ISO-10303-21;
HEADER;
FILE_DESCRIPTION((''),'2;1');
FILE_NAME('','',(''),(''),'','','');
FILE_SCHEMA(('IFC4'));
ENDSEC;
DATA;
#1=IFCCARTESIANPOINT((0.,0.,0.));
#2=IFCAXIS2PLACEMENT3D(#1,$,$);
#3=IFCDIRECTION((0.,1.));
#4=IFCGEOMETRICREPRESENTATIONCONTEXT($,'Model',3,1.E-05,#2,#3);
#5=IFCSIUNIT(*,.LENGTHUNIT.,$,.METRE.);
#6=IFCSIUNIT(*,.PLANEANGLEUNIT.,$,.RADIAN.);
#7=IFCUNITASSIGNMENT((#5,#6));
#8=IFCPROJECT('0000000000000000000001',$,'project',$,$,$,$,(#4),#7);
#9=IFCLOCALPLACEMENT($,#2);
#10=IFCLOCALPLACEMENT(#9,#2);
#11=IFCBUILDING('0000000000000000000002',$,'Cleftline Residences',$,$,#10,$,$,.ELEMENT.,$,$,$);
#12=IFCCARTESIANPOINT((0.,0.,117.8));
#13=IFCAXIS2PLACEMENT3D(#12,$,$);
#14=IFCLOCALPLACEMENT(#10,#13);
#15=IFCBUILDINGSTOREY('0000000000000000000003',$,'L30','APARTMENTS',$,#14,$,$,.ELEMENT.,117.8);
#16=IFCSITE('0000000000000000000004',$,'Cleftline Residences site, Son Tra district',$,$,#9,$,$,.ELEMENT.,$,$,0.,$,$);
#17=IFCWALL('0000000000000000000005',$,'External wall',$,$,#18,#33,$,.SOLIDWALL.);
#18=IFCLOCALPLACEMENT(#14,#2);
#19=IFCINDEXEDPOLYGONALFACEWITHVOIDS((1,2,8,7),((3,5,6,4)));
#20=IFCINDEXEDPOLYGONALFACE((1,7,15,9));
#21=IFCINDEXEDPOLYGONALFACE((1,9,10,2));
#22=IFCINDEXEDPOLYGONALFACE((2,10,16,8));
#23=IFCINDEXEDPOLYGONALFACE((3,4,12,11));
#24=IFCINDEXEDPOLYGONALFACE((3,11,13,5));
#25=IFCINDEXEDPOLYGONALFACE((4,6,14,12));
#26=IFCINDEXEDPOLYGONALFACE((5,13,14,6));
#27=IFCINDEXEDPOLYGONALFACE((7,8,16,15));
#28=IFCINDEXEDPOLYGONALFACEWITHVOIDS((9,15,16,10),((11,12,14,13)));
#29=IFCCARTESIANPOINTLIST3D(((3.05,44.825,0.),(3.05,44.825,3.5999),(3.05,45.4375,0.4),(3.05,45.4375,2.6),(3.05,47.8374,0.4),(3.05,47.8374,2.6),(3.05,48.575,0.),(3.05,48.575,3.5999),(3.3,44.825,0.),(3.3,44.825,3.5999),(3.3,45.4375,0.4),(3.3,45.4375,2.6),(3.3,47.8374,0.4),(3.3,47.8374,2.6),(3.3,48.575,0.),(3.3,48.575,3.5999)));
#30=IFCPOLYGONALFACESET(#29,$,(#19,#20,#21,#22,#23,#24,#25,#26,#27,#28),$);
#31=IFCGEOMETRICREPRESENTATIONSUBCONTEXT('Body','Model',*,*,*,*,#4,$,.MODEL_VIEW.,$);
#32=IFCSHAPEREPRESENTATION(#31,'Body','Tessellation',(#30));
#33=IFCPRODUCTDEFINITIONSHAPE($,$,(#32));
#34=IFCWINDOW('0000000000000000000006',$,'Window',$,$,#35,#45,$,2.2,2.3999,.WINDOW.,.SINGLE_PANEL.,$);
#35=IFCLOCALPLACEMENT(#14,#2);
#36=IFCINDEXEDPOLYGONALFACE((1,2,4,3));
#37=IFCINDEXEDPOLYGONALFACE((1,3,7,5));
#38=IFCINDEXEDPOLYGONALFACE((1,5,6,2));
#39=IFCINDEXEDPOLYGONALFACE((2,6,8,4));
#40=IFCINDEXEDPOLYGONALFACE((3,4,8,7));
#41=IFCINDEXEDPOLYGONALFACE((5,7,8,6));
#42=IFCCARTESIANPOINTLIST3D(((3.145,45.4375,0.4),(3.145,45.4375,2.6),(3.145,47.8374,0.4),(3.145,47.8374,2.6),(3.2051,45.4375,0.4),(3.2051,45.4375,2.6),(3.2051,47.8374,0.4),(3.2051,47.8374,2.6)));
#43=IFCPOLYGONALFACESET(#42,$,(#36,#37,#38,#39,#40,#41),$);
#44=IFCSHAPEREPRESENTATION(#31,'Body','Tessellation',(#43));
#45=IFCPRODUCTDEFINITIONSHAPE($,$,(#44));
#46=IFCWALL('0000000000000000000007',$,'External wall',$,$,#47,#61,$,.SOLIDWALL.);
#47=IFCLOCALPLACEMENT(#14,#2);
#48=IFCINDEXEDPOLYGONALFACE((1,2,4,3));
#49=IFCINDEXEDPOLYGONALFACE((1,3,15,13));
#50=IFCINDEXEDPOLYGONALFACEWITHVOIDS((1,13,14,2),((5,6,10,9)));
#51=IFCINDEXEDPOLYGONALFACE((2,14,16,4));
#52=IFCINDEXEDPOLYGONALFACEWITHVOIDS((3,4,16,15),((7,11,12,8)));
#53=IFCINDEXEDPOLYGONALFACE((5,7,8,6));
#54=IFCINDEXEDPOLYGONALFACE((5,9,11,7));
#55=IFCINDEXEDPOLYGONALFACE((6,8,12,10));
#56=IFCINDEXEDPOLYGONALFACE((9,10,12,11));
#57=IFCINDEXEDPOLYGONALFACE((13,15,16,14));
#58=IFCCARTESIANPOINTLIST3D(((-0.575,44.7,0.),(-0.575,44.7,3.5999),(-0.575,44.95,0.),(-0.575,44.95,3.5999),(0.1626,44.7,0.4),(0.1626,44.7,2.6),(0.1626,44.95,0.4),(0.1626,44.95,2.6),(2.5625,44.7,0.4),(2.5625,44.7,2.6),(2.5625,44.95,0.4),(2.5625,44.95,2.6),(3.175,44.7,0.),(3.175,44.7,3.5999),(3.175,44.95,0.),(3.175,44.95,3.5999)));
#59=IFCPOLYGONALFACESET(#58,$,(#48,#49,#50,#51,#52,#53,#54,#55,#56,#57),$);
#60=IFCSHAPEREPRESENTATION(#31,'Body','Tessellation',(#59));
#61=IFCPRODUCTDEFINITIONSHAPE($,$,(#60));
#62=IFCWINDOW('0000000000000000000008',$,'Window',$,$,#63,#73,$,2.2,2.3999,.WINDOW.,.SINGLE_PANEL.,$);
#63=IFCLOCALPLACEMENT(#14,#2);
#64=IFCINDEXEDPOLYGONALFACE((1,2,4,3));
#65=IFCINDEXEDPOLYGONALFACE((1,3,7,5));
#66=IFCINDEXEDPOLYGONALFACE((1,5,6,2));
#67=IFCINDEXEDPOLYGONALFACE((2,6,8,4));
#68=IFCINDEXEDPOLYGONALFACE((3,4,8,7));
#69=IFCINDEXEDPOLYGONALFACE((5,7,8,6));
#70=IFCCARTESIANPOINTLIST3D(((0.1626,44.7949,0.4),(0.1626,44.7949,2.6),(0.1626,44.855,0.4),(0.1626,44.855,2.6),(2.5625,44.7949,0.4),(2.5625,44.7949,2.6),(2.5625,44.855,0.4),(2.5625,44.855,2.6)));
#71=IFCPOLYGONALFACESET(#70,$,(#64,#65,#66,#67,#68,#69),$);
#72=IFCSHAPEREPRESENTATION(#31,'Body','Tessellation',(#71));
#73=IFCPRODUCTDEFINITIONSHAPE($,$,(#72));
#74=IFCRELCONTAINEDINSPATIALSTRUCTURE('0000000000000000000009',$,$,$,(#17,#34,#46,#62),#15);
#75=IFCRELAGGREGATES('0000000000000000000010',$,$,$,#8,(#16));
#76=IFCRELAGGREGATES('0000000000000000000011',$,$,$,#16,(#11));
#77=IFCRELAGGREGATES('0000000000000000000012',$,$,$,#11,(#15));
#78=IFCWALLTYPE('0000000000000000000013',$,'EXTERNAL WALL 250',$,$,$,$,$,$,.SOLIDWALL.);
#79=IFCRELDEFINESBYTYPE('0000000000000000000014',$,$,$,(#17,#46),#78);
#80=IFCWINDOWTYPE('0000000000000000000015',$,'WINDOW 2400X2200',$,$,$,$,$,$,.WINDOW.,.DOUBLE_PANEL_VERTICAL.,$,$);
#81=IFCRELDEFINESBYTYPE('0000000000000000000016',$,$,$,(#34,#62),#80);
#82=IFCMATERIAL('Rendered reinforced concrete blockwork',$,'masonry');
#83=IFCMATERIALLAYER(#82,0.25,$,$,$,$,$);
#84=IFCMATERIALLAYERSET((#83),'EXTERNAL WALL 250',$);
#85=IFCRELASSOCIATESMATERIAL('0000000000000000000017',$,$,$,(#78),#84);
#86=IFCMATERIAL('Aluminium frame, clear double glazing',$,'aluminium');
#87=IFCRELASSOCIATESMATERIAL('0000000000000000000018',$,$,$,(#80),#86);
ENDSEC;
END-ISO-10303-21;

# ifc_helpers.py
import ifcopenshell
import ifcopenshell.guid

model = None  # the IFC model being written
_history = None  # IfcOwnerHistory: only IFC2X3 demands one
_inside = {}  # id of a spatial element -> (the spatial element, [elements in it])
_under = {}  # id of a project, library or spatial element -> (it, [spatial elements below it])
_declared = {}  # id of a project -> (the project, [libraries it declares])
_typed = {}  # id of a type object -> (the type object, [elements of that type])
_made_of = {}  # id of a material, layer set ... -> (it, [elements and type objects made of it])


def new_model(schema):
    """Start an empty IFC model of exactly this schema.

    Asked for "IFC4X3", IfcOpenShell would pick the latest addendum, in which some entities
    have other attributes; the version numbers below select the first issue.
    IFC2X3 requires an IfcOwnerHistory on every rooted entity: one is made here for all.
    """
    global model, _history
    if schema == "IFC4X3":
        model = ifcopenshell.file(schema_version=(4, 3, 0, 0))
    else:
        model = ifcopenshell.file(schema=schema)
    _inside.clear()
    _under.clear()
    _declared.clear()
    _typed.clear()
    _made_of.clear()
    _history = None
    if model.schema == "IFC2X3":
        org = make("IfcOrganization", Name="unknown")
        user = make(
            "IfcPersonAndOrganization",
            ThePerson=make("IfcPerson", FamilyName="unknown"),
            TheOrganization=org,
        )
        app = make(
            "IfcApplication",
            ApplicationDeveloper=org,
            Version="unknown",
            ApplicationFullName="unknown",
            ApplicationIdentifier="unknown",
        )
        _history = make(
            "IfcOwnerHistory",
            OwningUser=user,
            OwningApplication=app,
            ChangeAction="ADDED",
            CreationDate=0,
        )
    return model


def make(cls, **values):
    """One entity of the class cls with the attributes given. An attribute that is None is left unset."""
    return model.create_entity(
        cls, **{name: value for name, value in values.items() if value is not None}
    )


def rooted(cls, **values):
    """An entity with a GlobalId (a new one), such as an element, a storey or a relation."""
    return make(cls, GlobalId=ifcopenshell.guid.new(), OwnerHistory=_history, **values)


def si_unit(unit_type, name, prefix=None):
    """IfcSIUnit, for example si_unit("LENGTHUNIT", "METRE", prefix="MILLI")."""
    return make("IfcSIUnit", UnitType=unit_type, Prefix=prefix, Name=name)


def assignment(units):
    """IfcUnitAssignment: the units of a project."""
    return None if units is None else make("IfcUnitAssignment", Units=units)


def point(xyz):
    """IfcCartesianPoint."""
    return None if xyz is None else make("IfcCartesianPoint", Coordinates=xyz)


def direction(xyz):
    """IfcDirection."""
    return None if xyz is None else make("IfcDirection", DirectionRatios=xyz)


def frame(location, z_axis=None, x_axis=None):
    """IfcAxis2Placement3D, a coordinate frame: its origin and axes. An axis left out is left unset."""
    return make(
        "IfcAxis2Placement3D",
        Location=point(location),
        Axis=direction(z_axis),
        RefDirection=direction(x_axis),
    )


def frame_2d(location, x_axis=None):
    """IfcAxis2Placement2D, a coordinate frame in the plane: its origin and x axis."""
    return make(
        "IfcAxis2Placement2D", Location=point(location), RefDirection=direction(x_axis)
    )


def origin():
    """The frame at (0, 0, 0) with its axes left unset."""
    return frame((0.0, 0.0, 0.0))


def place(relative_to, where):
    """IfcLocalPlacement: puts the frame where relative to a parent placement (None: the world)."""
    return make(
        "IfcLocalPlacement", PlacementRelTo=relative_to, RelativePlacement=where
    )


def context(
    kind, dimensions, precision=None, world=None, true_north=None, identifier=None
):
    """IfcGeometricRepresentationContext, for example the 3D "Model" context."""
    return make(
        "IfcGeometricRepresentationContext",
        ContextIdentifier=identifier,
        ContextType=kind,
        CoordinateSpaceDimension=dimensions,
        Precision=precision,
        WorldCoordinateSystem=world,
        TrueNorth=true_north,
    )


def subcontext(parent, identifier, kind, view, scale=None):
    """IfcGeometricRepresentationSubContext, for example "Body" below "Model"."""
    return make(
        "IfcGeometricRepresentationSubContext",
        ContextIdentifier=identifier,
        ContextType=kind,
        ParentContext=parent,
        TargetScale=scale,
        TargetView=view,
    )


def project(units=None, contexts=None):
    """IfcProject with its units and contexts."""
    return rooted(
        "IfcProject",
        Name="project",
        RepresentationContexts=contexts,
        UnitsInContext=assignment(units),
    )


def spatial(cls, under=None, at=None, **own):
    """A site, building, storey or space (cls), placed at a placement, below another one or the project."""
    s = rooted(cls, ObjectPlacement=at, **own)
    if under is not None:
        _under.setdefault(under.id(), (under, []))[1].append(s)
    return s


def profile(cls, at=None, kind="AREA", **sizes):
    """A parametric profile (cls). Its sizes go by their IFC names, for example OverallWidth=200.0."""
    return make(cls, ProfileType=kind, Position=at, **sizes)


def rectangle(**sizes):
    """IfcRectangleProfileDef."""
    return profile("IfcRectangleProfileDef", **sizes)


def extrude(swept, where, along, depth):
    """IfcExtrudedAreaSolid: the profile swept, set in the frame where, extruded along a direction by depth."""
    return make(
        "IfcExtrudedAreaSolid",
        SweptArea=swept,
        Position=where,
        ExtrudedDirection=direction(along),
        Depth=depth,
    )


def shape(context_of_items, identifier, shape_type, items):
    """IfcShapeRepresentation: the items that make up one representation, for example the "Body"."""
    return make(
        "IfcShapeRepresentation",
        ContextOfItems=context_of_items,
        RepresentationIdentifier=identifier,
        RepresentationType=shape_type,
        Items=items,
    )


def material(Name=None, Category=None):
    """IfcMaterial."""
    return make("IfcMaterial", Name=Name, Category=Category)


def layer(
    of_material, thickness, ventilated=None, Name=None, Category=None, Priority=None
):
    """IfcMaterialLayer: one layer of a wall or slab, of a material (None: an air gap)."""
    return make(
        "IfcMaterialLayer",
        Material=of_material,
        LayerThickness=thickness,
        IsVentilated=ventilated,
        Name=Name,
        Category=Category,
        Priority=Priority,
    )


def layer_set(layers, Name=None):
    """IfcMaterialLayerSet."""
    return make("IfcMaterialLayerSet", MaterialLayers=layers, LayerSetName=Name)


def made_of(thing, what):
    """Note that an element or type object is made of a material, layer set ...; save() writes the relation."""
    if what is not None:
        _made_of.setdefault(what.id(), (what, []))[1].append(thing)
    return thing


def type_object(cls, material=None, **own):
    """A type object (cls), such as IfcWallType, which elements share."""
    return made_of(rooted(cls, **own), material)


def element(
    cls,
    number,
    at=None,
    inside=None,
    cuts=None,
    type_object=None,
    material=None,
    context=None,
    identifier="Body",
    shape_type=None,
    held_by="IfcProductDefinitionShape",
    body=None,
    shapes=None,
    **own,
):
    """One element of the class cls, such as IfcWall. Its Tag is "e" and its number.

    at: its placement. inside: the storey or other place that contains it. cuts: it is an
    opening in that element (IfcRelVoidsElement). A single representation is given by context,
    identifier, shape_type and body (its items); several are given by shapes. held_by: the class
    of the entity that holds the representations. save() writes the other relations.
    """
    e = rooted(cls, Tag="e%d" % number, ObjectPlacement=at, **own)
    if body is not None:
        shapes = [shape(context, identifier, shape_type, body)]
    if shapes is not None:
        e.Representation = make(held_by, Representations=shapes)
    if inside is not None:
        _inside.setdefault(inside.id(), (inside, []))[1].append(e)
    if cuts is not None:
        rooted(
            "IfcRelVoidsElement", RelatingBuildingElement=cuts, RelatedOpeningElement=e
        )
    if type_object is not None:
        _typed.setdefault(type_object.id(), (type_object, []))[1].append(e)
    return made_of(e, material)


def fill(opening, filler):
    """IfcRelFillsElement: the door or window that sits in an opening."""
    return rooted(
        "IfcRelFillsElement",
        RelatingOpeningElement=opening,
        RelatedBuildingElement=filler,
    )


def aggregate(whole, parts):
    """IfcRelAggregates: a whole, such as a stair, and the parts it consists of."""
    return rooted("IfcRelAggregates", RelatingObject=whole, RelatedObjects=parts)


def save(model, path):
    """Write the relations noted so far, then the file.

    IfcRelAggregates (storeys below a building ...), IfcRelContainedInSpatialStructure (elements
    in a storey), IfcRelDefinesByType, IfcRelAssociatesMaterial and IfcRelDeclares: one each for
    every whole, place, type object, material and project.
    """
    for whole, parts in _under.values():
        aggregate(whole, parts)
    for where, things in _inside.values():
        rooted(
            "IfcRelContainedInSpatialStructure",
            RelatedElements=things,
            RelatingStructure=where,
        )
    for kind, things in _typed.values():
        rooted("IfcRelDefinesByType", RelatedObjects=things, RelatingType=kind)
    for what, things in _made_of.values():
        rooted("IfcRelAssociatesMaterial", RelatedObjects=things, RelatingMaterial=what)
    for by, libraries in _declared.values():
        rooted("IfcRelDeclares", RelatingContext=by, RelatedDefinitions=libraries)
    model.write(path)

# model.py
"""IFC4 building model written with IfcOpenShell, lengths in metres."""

from ifc_helpers import new_model, si_unit, direction, frame, frame_2d, origin, place, context, subcontext, project, spatial, rectangle, extrude, material, layer, layer_set, type_object, element, fill, save


model = new_model("IFC4")

# Units and contexts
model_context = context("Model", 3, precision=1e-05, world=origin(), true_north=direction((0.0, 1.0)))
body_context = subcontext(model_context, "Body", "Model", "MODEL_VIEW")
ifc_project = project(units=[si_unit("LENGTHUNIT", "METRE"), si_unit("PLANEANGLEUNIT", "RADIAN")], contexts=[model_context])

# Site, building, storey
site_placement = place(None, origin())
site = spatial("IfcSite", under=ifc_project, at=site_placement, Name="Cleftline Residences site, Son Tra district", CompositionType="ELEMENT", RefElevation=0.0)
building_placement = place(site_placement, origin())
building = spatial("IfcBuilding", under=site, at=building_placement, Name="Cleftline Residences", CompositionType="ELEMENT")
storey_placement = place(building_placement, frame((0.0, 0.0, 117.8)))
storey = spatial("IfcBuildingStorey", under=building, at=storey_placement, Name="L30", Description="APARTMENTS", CompositionType="ELEMENT", Elevation=117.8)

# Walls, openings, windows
ifc_material_1 = material(Name="Rendered reinforced concrete blockwork", Category="masonry")
ifc_layer_1 = layer(ifc_material_1, 0.25)
ifc_layer_set_1 = layer_set([ifc_layer_1], Name="EXTERNAL WALL 250")
wall_type_1 = type_object("IfcWallType", Name="EXTERNAL WALL 250", PredefinedType="SOLIDWALL", material=ifc_layer_set_1)
wall_1_placement = place(storey_placement, frame((3.175, 48.575, 0.0), z_axis=(0.0, 0.0, 1.0), x_axis=(0.0, -1.0, 0.0)))
wall_1 = element("IfcWall", 1, at=wall_1_placement, inside=storey, type_object=wall_type_1, Name="External wall", PredefinedType="SOLIDWALL", context=body_context, shape_type="SweptSolid", body=[
    extrude(rectangle(XDim=3.75, YDim=0.25, at=frame_2d((1.875, 0.0))), origin(), (0.0, 0.0, 1.0), 3.5999),
])
opening_1_placement = place(wall_1_placement, frame((0.7375, 0.0, 0.3999)))
opening_1 = element("IfcOpeningElement", 2, at=opening_1_placement, cuts=wall_1, PredefinedType="OPENING", context=body_context, shape_type="SweptSolid", body=[
    extrude(rectangle(XDim=2.3999, YDim=2.2, at=frame_2d((1.2, 1.1001))), frame((0.0, 0.135, 0.0), z_axis=(0.0, -1.0, 0.0), x_axis=(1.0, 0.0, 0.0)), (0.0, 0.0, 1.0), 0.27),
])
ifc_material_2 = material(Name="Aluminium frame, clear double glazing", Category="aluminium")
window_type_1 = type_object("IfcWindowType", Name="WINDOW 2400X2200", PartitioningType="DOUBLE_PANEL_VERTICAL", PredefinedType="WINDOW", material=ifc_material_2)
window_1_placement = place(opening_1_placement, origin())
window_1 = element("IfcWindow", 3, at=window_1_placement, inside=storey, type_object=window_type_1, Name="Window", OverallHeight=2.2, OverallWidth=2.3999, PartitioningType="SINGLE_PANEL", PredefinedType="WINDOW", context=body_context, shape_type="SweptSolid", body=[
    extrude(rectangle(XDim=2.3999, YDim=2.2, at=frame_2d((1.2, 1.1001))), frame((0.0, 0.03, 0.0), z_axis=(0.0, -1.0, 0.0), x_axis=(1.0, 0.0, 0.0)), (0.0, 0.0, 1.0), 0.0601),
])
fill(opening_1, window_1)
wall_2_placement = place(storey_placement, frame((3.175, 44.825, 0.0), z_axis=(0.0, 0.0, 1.0), x_axis=(-1.0, 0.0, 0.0)))
wall_2 = element("IfcWall", 4, at=wall_2_placement, inside=storey, type_object=wall_type_1, Name="External wall", PredefinedType="SOLIDWALL", context=body_context, shape_type="SweptSolid", body=[
    extrude(rectangle(XDim=3.75, YDim=0.25, at=frame_2d((1.875, 0.0))), origin(), (0.0, 0.0, 1.0), 3.5999),
])
opening_2_placement = place(wall_2_placement, frame((0.6125, 0.0, 0.3999)))
opening_2 = element("IfcOpeningElement", 5, at=opening_2_placement, cuts=wall_2, PredefinedType="OPENING", context=body_context, shape_type="SweptSolid", body=[
    extrude(rectangle(XDim=2.3999, YDim=2.2, at=frame_2d((1.2, 1.1001))), frame((0.0, 0.135, 0.0), z_axis=(0.0, -1.0, 0.0), x_axis=(1.0, 0.0, 0.0)), (0.0, 0.0, 1.0), 0.27),
])
window_2_placement = place(opening_2_placement, origin())
window_2 = element("IfcWindow", 6, at=window_2_placement, inside=storey, type_object=window_type_1, Name="Window", OverallHeight=2.2, OverallWidth=2.3999, PartitioningType="SINGLE_PANEL", PredefinedType="WINDOW", context=body_context, shape_type="SweptSolid", body=[
    extrude(rectangle(XDim=2.3999, YDim=2.2, at=frame_2d((1.2, 1.1001))), frame((0.0, 0.03, 0.0), z_axis=(0.0, -1.0, 0.0), x_axis=(1.0, 0.0, 0.0)), (0.0, 0.0, 1.0), 0.0601),
])
fill(opening_2, window_2)

save(model, "model.ifc")
